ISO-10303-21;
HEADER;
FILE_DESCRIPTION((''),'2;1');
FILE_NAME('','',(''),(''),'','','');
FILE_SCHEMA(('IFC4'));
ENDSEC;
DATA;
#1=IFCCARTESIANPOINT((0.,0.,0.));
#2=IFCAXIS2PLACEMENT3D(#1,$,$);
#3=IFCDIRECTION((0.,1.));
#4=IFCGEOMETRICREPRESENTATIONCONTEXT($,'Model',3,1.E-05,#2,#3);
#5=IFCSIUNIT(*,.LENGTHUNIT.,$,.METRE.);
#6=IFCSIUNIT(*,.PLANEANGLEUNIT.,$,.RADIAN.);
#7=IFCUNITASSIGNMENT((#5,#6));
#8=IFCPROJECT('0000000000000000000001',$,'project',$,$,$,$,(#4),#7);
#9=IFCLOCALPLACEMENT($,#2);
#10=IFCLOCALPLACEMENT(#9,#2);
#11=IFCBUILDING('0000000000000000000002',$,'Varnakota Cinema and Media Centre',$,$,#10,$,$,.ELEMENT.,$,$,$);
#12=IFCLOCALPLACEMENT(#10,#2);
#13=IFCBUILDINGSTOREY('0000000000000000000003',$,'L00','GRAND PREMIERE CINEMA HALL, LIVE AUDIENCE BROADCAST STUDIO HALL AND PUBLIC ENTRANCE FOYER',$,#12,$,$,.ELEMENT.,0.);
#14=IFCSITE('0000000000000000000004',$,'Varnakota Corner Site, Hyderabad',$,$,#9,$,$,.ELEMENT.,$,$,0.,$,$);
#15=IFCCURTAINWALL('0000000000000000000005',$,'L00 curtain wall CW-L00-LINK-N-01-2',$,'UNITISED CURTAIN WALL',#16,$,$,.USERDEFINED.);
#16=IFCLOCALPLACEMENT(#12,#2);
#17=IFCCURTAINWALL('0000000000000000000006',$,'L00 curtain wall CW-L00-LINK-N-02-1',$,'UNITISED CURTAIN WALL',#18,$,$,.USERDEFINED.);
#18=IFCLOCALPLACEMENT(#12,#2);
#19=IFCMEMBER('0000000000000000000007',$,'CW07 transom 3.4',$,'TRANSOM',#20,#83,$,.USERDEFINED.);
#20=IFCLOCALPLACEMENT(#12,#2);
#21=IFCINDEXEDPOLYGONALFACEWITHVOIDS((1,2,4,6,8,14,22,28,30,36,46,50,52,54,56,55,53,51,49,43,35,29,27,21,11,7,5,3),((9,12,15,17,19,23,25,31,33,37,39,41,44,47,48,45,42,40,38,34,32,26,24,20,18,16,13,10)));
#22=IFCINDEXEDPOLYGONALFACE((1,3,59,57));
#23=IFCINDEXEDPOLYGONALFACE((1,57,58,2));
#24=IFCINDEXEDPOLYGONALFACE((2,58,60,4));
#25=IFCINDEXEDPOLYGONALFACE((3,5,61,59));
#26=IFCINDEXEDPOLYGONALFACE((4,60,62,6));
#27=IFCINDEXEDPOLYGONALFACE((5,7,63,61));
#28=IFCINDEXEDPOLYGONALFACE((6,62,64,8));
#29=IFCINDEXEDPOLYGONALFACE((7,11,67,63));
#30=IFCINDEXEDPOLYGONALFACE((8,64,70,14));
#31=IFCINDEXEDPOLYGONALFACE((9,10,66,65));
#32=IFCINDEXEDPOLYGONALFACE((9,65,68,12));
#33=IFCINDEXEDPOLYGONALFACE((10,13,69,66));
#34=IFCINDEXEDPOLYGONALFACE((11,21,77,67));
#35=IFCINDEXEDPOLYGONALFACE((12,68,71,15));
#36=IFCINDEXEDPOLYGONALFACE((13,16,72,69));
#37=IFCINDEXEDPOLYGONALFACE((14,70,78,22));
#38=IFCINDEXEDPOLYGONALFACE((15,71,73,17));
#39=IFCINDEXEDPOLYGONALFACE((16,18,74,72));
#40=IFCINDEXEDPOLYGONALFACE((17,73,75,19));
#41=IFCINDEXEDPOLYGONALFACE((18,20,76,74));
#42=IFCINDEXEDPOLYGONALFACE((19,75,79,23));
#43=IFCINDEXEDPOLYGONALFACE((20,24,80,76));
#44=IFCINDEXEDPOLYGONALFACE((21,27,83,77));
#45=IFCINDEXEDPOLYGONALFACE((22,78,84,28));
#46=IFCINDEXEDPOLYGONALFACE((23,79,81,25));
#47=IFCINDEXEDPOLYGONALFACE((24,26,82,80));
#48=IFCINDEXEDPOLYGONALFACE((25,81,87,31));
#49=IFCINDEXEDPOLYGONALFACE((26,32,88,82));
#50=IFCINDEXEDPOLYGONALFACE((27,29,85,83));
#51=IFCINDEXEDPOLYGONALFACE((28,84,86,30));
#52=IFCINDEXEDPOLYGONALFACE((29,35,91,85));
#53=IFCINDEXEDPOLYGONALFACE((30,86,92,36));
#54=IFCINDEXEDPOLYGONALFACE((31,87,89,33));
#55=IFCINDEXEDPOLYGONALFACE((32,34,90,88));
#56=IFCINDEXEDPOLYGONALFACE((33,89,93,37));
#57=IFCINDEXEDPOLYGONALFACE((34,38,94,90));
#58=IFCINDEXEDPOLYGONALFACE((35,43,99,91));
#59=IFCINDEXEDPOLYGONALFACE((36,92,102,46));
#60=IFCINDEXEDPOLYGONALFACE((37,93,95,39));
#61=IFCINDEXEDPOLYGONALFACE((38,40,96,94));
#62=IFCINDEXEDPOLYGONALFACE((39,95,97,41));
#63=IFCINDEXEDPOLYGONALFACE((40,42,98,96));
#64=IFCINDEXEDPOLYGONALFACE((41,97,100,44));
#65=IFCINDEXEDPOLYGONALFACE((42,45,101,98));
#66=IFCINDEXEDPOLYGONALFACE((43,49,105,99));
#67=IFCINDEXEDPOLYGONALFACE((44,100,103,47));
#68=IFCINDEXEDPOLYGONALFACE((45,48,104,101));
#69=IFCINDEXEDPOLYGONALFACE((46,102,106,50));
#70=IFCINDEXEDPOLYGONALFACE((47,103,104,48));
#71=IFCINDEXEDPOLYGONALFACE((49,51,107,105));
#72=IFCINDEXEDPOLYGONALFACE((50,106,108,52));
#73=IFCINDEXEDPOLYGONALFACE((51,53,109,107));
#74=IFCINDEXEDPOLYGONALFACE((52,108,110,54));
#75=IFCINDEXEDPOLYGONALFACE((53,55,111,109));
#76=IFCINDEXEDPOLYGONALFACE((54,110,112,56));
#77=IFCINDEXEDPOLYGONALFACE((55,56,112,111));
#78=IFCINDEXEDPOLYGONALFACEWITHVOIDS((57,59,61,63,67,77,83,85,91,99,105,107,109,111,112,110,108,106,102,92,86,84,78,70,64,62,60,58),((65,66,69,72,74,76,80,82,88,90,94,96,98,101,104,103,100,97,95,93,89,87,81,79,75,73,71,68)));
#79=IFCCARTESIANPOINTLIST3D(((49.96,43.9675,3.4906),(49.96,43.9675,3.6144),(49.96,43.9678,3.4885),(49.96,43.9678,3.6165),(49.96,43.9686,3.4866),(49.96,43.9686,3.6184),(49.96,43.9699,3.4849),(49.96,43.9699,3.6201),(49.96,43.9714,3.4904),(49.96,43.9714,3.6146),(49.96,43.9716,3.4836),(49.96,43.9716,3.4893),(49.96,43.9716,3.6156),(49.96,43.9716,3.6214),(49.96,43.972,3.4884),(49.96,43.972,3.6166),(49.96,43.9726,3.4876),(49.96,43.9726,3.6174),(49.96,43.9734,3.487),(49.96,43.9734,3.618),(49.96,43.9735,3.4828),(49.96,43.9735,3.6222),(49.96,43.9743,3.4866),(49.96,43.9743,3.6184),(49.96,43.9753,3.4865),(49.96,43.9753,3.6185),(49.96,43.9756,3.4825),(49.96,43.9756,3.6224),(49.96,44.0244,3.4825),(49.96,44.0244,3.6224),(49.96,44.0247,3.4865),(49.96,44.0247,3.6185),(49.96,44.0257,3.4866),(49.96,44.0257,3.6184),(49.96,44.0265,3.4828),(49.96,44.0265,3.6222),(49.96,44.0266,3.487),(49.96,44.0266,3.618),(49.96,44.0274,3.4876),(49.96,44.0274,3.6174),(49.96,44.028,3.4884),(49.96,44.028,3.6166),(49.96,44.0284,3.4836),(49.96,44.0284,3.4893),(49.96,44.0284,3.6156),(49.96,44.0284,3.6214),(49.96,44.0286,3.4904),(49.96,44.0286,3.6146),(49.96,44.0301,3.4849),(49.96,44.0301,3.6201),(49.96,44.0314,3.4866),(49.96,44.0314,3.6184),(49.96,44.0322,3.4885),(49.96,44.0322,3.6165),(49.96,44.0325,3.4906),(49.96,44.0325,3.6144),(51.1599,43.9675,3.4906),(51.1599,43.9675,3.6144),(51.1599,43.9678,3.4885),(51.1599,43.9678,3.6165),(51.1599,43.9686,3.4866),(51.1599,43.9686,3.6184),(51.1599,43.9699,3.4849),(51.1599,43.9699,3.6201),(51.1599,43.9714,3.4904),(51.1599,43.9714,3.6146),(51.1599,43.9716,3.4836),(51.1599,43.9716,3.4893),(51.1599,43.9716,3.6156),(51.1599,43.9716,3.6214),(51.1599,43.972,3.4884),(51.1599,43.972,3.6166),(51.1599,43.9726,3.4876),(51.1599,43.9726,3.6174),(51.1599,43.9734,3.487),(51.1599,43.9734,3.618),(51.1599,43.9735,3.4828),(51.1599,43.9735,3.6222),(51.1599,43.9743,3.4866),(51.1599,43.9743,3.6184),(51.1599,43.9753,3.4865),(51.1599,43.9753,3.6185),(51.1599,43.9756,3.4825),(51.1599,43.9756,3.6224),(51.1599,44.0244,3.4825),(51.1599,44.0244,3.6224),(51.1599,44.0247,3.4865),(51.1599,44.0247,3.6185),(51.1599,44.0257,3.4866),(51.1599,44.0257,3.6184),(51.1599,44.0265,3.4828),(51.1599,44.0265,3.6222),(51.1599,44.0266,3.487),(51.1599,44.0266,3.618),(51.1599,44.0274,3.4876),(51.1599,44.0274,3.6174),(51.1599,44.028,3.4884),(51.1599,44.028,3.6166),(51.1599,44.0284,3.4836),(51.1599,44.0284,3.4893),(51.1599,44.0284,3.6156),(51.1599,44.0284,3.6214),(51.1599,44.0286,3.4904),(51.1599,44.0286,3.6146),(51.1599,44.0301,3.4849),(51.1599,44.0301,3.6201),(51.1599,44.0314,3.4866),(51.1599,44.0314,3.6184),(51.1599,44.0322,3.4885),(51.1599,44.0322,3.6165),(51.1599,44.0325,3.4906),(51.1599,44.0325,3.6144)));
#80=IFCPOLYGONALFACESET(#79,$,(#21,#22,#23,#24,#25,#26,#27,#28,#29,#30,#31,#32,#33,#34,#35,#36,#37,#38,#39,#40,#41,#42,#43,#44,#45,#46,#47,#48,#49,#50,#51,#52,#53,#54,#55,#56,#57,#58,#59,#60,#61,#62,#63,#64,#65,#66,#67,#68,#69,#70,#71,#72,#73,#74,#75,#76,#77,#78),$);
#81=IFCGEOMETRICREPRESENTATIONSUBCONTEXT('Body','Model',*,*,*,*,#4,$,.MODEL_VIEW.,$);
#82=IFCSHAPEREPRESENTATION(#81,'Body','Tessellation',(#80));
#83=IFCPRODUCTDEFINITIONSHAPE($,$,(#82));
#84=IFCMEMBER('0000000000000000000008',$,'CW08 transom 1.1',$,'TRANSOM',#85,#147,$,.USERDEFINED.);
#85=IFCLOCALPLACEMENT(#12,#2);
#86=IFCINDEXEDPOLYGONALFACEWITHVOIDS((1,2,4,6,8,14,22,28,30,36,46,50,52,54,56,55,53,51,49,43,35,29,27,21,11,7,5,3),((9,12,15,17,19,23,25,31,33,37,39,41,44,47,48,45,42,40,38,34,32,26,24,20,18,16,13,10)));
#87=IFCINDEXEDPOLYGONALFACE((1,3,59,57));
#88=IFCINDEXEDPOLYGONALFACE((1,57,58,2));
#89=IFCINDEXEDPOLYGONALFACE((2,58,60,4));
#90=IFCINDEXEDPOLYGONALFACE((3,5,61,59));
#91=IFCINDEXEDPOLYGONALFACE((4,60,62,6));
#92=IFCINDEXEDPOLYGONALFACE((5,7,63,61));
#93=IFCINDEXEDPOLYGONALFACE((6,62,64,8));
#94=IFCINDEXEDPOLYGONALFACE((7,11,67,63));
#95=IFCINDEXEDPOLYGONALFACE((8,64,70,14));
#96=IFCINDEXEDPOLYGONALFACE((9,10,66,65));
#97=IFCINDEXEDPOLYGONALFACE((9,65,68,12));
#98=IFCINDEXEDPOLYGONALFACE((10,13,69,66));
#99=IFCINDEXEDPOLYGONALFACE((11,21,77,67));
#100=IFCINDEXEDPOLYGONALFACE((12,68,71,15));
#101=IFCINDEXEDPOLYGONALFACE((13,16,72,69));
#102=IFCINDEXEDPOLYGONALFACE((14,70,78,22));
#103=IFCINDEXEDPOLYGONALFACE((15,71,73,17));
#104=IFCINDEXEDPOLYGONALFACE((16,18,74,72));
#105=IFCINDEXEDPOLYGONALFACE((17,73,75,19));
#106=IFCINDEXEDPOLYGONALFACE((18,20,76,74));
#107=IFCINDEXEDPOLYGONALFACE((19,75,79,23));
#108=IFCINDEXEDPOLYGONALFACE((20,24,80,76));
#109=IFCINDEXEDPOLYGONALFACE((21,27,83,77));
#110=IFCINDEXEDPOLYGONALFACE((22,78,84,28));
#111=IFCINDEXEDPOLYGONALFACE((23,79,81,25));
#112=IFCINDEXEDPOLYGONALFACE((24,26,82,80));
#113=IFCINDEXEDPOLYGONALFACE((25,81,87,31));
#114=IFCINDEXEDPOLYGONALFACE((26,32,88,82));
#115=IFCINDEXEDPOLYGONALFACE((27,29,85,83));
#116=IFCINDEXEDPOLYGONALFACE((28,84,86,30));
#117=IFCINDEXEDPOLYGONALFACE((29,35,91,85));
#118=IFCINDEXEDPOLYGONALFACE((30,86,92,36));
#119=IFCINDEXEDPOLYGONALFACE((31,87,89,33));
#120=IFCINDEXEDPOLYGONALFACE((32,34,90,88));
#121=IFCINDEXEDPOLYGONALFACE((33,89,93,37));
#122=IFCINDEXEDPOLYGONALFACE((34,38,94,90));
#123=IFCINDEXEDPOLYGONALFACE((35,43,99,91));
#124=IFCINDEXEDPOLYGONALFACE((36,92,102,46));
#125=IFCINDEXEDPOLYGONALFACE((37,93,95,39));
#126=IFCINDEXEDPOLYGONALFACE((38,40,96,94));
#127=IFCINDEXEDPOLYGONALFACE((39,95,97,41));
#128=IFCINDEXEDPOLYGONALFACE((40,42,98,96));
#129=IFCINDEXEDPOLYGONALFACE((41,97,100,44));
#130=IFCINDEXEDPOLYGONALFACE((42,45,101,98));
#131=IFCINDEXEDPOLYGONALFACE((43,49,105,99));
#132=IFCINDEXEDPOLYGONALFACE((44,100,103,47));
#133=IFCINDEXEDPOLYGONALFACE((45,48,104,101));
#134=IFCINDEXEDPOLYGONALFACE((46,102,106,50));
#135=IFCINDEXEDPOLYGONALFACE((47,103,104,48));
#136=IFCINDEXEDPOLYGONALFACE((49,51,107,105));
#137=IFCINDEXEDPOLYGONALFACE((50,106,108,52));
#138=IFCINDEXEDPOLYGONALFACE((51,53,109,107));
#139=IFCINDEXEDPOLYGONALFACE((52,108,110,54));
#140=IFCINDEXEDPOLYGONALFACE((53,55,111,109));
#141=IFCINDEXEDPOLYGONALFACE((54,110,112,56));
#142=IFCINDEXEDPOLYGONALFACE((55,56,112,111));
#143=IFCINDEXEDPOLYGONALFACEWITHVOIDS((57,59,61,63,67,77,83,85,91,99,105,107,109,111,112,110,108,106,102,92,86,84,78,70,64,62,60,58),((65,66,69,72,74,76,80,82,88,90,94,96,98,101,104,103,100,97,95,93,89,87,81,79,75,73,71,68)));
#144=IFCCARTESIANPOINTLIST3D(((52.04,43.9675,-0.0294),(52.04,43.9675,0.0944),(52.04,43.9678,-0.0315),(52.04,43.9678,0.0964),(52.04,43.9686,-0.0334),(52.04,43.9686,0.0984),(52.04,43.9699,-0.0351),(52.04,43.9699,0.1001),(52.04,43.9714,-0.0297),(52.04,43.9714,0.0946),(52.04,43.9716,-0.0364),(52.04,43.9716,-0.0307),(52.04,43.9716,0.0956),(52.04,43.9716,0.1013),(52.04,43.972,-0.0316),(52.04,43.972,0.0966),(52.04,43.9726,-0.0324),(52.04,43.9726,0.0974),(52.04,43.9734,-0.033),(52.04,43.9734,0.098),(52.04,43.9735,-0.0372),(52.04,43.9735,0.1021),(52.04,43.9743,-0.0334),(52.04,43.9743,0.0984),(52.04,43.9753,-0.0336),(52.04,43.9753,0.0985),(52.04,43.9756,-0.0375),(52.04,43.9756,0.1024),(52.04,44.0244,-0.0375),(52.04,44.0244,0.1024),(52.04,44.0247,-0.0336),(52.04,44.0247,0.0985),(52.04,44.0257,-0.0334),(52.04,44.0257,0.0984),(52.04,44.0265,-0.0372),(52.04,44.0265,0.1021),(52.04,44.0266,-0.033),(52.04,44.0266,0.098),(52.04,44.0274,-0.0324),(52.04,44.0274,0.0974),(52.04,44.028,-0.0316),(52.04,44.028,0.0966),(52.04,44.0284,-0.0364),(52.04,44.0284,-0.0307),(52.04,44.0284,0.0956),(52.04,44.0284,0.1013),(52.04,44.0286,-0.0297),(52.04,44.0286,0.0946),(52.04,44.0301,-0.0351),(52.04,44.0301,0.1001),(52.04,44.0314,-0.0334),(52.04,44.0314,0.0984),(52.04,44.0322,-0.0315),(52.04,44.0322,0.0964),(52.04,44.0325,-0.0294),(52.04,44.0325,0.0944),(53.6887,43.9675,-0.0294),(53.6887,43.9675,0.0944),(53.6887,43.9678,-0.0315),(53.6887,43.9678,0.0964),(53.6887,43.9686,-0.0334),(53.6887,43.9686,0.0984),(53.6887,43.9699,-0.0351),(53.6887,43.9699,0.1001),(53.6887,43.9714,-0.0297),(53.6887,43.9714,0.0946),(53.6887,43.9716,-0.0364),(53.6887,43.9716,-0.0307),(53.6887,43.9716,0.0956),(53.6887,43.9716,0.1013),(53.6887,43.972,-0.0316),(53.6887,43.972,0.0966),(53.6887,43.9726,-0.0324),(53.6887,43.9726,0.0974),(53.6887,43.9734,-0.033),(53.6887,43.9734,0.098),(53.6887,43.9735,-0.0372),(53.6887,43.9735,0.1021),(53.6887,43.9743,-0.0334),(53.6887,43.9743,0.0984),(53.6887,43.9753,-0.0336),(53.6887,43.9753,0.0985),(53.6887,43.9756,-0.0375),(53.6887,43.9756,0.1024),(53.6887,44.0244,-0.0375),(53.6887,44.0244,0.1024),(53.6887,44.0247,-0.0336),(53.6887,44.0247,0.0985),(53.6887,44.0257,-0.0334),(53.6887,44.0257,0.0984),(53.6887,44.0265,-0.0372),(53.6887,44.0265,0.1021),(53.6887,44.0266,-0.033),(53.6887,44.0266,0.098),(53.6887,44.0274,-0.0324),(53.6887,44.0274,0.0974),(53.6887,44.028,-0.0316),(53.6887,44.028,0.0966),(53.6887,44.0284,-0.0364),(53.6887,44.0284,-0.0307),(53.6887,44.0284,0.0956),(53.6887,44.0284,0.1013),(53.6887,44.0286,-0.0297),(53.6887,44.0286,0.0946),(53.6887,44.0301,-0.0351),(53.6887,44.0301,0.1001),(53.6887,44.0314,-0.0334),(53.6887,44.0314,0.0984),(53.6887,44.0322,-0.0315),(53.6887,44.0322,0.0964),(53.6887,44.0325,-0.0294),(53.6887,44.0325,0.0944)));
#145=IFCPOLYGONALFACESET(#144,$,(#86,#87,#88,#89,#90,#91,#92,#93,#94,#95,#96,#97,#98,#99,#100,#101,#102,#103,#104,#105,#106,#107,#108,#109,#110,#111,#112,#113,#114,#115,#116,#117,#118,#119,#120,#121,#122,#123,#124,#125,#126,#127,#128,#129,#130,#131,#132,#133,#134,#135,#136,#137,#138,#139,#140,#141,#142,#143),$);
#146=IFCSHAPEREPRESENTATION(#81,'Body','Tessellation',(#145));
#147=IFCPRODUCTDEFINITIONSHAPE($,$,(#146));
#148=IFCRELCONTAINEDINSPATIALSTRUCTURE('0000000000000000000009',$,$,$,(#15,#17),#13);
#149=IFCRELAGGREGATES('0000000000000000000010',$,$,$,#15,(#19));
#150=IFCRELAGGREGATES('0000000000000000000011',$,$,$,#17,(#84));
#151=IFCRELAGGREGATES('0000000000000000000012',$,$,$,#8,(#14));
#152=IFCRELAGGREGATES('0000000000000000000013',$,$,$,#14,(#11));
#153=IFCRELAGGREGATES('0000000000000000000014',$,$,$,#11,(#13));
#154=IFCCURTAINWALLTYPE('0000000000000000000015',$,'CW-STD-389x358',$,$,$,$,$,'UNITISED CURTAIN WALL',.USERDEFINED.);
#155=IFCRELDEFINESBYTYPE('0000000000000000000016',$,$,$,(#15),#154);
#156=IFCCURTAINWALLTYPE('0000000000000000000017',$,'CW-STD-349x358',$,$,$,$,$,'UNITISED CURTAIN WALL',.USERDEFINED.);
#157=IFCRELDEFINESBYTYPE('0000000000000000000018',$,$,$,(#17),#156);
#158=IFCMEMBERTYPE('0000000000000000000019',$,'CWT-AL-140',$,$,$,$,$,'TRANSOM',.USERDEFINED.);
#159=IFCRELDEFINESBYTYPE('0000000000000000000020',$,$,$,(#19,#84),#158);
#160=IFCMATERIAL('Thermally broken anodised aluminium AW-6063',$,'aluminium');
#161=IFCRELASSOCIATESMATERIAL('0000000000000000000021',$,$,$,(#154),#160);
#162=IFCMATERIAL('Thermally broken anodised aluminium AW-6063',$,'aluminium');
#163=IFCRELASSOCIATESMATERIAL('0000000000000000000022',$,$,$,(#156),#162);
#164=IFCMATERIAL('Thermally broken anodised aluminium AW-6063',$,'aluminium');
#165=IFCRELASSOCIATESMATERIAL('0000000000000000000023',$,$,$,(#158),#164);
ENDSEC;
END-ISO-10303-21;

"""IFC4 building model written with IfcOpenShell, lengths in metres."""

from ifc_helpers import new_model, si_unit, direction, frame, origin, origin_2d, place, context, subcontext, project, spatial, hollow_rectangle, extrude, material, material_profile, profile_set, type_object, element, aggregate, save


model = new_model("IFC4")

# Units and contexts
model_context = context("Model", 3, precision=1e-05, world=origin(), true_north=direction((0.0, 1.0)))
body_context = subcontext(model_context, "Body", "Model", "MODEL_VIEW")
ifc_project = project(units=[si_unit("LENGTHUNIT", "METRE"), si_unit("PLANEANGLEUNIT", "RADIAN")], contexts=[model_context])

# Site, building, storey
site_placement = place(None, origin())
site = spatial("IfcSite", under=ifc_project, at=site_placement, Name="Varnakota Corner Site, Hyderabad", CompositionType="ELEMENT", RefElevation=0.0)
building_placement = place(site_placement, origin())
building = spatial("IfcBuilding", under=site, at=building_placement, Name="Varnakota Cinema and Media Centre", CompositionType="ELEMENT")
storey_placement = place(building_placement, origin())
storey = spatial("IfcBuildingStorey", under=building, at=storey_placement, Name="L00", Description="GRAND PREMIERE CINEMA HALL, LIVE AUDIENCE BROADCAST STUDIO HALL AND PUBLIC ENTRANCE FOYER", CompositionType="ELEMENT", Elevation=0.0)

# Curtain walls
ifc_material_1 = material(Name="Thermally broken anodised aluminium AW-6063", Category="aluminium")
curtain_wall_type_1 = type_object("IfcCurtainWallType", Name="CW-STD-389x358", ElementType="UNITISED CURTAIN WALL", PredefinedType="USERDEFINED", material=ifc_material_1)
curtain_wall_1_placement = place(storey_placement, origin())
curtain_wall_1 = element("IfcCurtainWall", 1, at=curtain_wall_1_placement, inside=storey, type_object=curtain_wall_type_1, Name="L00 curtain wall CW-L00-LINK-N-01-2", ObjectType="UNITISED CURTAIN WALL", PredefinedType="USERDEFINED")
ifc_material_2 = material(Name="Thermally broken anodised aluminium AW-6063", Category="aluminium")
curtain_wall_type_2 = type_object("IfcCurtainWallType", Name="CW-STD-349x358", ElementType="UNITISED CURTAIN WALL", PredefinedType="USERDEFINED", material=ifc_material_2)
curtain_wall_2_placement = place(storey_placement, origin())
curtain_wall_2 = element("IfcCurtainWall", 2, at=curtain_wall_2_placement, inside=storey, type_object=curtain_wall_type_2, Name="L00 curtain wall CW-L00-LINK-N-02-1", ObjectType="UNITISED CURTAIN WALL", PredefinedType="USERDEFINED")

# Members
ifc_material_3 = material(Name="Thermally broken anodised aluminium AW-6063", Category="aluminium")
ifc_material_profile_1 = material_profile(ifc_material_3, hollow_rectangle(XDim=0.0649, YDim=0.1399, WallThickness=0.0039, InnerFilletRadius=0.0039, OuterFilletRadius=0.0081, at=origin_2d()), Name="AL-TRANSOM 140x65x4")
ifc_profile_set_1 = profile_set([ifc_material_profile_1], Name="Thermally broken anodised aluminium AW-6063")
member_type_1 = type_object("IfcMemberType", Name="CWT-AL-140", ElementType="TRANSOM", PredefinedType="USERDEFINED", material=ifc_profile_set_1)
member_1_placement = place(storey_placement, frame((49.96, 44.0, 3.5525), z_axis=(1.0, 0.0, 0.0), x_axis=(0.0, 1.0, 0.0)))
member_1 = element("IfcMember", 3, at=member_1_placement, type_object=member_type_1, Name="CW07 transom 3.4", ObjectType="TRANSOM", PredefinedType="USERDEFINED", context=body_context, shape_type="SweptSolid", body=[
    extrude(hollow_rectangle(XDim=0.0649, YDim=0.1399, WallThickness=0.0039, InnerFilletRadius=0.0039, OuterFilletRadius=0.0081, at=origin_2d()), origin(), (0.0, 0.0, 1.0), 1.2),
])
member_2_placement = place(storey_placement, frame((52.04, 44.0, 0.0325), z_axis=(1.0, 0.0, 0.0), x_axis=(0.0, 1.0, 0.0)))
member_2 = element("IfcMember", 4, at=member_2_placement, type_object=member_type_1, Name="CW08 transom 1.1", ObjectType="TRANSOM", PredefinedType="USERDEFINED", context=body_context, shape_type="SweptSolid", body=[
    extrude(hollow_rectangle(XDim=0.0649, YDim=0.1399, WallThickness=0.0039, InnerFilletRadius=0.0039, OuterFilletRadius=0.0081, at=origin_2d()), origin(), (0.0, 0.0, 1.0), 1.6487),
])

aggregate(curtain_wall_1, [member_1])
aggregate(curtain_wall_2, [member_2])

save(model, "model.ifc")
